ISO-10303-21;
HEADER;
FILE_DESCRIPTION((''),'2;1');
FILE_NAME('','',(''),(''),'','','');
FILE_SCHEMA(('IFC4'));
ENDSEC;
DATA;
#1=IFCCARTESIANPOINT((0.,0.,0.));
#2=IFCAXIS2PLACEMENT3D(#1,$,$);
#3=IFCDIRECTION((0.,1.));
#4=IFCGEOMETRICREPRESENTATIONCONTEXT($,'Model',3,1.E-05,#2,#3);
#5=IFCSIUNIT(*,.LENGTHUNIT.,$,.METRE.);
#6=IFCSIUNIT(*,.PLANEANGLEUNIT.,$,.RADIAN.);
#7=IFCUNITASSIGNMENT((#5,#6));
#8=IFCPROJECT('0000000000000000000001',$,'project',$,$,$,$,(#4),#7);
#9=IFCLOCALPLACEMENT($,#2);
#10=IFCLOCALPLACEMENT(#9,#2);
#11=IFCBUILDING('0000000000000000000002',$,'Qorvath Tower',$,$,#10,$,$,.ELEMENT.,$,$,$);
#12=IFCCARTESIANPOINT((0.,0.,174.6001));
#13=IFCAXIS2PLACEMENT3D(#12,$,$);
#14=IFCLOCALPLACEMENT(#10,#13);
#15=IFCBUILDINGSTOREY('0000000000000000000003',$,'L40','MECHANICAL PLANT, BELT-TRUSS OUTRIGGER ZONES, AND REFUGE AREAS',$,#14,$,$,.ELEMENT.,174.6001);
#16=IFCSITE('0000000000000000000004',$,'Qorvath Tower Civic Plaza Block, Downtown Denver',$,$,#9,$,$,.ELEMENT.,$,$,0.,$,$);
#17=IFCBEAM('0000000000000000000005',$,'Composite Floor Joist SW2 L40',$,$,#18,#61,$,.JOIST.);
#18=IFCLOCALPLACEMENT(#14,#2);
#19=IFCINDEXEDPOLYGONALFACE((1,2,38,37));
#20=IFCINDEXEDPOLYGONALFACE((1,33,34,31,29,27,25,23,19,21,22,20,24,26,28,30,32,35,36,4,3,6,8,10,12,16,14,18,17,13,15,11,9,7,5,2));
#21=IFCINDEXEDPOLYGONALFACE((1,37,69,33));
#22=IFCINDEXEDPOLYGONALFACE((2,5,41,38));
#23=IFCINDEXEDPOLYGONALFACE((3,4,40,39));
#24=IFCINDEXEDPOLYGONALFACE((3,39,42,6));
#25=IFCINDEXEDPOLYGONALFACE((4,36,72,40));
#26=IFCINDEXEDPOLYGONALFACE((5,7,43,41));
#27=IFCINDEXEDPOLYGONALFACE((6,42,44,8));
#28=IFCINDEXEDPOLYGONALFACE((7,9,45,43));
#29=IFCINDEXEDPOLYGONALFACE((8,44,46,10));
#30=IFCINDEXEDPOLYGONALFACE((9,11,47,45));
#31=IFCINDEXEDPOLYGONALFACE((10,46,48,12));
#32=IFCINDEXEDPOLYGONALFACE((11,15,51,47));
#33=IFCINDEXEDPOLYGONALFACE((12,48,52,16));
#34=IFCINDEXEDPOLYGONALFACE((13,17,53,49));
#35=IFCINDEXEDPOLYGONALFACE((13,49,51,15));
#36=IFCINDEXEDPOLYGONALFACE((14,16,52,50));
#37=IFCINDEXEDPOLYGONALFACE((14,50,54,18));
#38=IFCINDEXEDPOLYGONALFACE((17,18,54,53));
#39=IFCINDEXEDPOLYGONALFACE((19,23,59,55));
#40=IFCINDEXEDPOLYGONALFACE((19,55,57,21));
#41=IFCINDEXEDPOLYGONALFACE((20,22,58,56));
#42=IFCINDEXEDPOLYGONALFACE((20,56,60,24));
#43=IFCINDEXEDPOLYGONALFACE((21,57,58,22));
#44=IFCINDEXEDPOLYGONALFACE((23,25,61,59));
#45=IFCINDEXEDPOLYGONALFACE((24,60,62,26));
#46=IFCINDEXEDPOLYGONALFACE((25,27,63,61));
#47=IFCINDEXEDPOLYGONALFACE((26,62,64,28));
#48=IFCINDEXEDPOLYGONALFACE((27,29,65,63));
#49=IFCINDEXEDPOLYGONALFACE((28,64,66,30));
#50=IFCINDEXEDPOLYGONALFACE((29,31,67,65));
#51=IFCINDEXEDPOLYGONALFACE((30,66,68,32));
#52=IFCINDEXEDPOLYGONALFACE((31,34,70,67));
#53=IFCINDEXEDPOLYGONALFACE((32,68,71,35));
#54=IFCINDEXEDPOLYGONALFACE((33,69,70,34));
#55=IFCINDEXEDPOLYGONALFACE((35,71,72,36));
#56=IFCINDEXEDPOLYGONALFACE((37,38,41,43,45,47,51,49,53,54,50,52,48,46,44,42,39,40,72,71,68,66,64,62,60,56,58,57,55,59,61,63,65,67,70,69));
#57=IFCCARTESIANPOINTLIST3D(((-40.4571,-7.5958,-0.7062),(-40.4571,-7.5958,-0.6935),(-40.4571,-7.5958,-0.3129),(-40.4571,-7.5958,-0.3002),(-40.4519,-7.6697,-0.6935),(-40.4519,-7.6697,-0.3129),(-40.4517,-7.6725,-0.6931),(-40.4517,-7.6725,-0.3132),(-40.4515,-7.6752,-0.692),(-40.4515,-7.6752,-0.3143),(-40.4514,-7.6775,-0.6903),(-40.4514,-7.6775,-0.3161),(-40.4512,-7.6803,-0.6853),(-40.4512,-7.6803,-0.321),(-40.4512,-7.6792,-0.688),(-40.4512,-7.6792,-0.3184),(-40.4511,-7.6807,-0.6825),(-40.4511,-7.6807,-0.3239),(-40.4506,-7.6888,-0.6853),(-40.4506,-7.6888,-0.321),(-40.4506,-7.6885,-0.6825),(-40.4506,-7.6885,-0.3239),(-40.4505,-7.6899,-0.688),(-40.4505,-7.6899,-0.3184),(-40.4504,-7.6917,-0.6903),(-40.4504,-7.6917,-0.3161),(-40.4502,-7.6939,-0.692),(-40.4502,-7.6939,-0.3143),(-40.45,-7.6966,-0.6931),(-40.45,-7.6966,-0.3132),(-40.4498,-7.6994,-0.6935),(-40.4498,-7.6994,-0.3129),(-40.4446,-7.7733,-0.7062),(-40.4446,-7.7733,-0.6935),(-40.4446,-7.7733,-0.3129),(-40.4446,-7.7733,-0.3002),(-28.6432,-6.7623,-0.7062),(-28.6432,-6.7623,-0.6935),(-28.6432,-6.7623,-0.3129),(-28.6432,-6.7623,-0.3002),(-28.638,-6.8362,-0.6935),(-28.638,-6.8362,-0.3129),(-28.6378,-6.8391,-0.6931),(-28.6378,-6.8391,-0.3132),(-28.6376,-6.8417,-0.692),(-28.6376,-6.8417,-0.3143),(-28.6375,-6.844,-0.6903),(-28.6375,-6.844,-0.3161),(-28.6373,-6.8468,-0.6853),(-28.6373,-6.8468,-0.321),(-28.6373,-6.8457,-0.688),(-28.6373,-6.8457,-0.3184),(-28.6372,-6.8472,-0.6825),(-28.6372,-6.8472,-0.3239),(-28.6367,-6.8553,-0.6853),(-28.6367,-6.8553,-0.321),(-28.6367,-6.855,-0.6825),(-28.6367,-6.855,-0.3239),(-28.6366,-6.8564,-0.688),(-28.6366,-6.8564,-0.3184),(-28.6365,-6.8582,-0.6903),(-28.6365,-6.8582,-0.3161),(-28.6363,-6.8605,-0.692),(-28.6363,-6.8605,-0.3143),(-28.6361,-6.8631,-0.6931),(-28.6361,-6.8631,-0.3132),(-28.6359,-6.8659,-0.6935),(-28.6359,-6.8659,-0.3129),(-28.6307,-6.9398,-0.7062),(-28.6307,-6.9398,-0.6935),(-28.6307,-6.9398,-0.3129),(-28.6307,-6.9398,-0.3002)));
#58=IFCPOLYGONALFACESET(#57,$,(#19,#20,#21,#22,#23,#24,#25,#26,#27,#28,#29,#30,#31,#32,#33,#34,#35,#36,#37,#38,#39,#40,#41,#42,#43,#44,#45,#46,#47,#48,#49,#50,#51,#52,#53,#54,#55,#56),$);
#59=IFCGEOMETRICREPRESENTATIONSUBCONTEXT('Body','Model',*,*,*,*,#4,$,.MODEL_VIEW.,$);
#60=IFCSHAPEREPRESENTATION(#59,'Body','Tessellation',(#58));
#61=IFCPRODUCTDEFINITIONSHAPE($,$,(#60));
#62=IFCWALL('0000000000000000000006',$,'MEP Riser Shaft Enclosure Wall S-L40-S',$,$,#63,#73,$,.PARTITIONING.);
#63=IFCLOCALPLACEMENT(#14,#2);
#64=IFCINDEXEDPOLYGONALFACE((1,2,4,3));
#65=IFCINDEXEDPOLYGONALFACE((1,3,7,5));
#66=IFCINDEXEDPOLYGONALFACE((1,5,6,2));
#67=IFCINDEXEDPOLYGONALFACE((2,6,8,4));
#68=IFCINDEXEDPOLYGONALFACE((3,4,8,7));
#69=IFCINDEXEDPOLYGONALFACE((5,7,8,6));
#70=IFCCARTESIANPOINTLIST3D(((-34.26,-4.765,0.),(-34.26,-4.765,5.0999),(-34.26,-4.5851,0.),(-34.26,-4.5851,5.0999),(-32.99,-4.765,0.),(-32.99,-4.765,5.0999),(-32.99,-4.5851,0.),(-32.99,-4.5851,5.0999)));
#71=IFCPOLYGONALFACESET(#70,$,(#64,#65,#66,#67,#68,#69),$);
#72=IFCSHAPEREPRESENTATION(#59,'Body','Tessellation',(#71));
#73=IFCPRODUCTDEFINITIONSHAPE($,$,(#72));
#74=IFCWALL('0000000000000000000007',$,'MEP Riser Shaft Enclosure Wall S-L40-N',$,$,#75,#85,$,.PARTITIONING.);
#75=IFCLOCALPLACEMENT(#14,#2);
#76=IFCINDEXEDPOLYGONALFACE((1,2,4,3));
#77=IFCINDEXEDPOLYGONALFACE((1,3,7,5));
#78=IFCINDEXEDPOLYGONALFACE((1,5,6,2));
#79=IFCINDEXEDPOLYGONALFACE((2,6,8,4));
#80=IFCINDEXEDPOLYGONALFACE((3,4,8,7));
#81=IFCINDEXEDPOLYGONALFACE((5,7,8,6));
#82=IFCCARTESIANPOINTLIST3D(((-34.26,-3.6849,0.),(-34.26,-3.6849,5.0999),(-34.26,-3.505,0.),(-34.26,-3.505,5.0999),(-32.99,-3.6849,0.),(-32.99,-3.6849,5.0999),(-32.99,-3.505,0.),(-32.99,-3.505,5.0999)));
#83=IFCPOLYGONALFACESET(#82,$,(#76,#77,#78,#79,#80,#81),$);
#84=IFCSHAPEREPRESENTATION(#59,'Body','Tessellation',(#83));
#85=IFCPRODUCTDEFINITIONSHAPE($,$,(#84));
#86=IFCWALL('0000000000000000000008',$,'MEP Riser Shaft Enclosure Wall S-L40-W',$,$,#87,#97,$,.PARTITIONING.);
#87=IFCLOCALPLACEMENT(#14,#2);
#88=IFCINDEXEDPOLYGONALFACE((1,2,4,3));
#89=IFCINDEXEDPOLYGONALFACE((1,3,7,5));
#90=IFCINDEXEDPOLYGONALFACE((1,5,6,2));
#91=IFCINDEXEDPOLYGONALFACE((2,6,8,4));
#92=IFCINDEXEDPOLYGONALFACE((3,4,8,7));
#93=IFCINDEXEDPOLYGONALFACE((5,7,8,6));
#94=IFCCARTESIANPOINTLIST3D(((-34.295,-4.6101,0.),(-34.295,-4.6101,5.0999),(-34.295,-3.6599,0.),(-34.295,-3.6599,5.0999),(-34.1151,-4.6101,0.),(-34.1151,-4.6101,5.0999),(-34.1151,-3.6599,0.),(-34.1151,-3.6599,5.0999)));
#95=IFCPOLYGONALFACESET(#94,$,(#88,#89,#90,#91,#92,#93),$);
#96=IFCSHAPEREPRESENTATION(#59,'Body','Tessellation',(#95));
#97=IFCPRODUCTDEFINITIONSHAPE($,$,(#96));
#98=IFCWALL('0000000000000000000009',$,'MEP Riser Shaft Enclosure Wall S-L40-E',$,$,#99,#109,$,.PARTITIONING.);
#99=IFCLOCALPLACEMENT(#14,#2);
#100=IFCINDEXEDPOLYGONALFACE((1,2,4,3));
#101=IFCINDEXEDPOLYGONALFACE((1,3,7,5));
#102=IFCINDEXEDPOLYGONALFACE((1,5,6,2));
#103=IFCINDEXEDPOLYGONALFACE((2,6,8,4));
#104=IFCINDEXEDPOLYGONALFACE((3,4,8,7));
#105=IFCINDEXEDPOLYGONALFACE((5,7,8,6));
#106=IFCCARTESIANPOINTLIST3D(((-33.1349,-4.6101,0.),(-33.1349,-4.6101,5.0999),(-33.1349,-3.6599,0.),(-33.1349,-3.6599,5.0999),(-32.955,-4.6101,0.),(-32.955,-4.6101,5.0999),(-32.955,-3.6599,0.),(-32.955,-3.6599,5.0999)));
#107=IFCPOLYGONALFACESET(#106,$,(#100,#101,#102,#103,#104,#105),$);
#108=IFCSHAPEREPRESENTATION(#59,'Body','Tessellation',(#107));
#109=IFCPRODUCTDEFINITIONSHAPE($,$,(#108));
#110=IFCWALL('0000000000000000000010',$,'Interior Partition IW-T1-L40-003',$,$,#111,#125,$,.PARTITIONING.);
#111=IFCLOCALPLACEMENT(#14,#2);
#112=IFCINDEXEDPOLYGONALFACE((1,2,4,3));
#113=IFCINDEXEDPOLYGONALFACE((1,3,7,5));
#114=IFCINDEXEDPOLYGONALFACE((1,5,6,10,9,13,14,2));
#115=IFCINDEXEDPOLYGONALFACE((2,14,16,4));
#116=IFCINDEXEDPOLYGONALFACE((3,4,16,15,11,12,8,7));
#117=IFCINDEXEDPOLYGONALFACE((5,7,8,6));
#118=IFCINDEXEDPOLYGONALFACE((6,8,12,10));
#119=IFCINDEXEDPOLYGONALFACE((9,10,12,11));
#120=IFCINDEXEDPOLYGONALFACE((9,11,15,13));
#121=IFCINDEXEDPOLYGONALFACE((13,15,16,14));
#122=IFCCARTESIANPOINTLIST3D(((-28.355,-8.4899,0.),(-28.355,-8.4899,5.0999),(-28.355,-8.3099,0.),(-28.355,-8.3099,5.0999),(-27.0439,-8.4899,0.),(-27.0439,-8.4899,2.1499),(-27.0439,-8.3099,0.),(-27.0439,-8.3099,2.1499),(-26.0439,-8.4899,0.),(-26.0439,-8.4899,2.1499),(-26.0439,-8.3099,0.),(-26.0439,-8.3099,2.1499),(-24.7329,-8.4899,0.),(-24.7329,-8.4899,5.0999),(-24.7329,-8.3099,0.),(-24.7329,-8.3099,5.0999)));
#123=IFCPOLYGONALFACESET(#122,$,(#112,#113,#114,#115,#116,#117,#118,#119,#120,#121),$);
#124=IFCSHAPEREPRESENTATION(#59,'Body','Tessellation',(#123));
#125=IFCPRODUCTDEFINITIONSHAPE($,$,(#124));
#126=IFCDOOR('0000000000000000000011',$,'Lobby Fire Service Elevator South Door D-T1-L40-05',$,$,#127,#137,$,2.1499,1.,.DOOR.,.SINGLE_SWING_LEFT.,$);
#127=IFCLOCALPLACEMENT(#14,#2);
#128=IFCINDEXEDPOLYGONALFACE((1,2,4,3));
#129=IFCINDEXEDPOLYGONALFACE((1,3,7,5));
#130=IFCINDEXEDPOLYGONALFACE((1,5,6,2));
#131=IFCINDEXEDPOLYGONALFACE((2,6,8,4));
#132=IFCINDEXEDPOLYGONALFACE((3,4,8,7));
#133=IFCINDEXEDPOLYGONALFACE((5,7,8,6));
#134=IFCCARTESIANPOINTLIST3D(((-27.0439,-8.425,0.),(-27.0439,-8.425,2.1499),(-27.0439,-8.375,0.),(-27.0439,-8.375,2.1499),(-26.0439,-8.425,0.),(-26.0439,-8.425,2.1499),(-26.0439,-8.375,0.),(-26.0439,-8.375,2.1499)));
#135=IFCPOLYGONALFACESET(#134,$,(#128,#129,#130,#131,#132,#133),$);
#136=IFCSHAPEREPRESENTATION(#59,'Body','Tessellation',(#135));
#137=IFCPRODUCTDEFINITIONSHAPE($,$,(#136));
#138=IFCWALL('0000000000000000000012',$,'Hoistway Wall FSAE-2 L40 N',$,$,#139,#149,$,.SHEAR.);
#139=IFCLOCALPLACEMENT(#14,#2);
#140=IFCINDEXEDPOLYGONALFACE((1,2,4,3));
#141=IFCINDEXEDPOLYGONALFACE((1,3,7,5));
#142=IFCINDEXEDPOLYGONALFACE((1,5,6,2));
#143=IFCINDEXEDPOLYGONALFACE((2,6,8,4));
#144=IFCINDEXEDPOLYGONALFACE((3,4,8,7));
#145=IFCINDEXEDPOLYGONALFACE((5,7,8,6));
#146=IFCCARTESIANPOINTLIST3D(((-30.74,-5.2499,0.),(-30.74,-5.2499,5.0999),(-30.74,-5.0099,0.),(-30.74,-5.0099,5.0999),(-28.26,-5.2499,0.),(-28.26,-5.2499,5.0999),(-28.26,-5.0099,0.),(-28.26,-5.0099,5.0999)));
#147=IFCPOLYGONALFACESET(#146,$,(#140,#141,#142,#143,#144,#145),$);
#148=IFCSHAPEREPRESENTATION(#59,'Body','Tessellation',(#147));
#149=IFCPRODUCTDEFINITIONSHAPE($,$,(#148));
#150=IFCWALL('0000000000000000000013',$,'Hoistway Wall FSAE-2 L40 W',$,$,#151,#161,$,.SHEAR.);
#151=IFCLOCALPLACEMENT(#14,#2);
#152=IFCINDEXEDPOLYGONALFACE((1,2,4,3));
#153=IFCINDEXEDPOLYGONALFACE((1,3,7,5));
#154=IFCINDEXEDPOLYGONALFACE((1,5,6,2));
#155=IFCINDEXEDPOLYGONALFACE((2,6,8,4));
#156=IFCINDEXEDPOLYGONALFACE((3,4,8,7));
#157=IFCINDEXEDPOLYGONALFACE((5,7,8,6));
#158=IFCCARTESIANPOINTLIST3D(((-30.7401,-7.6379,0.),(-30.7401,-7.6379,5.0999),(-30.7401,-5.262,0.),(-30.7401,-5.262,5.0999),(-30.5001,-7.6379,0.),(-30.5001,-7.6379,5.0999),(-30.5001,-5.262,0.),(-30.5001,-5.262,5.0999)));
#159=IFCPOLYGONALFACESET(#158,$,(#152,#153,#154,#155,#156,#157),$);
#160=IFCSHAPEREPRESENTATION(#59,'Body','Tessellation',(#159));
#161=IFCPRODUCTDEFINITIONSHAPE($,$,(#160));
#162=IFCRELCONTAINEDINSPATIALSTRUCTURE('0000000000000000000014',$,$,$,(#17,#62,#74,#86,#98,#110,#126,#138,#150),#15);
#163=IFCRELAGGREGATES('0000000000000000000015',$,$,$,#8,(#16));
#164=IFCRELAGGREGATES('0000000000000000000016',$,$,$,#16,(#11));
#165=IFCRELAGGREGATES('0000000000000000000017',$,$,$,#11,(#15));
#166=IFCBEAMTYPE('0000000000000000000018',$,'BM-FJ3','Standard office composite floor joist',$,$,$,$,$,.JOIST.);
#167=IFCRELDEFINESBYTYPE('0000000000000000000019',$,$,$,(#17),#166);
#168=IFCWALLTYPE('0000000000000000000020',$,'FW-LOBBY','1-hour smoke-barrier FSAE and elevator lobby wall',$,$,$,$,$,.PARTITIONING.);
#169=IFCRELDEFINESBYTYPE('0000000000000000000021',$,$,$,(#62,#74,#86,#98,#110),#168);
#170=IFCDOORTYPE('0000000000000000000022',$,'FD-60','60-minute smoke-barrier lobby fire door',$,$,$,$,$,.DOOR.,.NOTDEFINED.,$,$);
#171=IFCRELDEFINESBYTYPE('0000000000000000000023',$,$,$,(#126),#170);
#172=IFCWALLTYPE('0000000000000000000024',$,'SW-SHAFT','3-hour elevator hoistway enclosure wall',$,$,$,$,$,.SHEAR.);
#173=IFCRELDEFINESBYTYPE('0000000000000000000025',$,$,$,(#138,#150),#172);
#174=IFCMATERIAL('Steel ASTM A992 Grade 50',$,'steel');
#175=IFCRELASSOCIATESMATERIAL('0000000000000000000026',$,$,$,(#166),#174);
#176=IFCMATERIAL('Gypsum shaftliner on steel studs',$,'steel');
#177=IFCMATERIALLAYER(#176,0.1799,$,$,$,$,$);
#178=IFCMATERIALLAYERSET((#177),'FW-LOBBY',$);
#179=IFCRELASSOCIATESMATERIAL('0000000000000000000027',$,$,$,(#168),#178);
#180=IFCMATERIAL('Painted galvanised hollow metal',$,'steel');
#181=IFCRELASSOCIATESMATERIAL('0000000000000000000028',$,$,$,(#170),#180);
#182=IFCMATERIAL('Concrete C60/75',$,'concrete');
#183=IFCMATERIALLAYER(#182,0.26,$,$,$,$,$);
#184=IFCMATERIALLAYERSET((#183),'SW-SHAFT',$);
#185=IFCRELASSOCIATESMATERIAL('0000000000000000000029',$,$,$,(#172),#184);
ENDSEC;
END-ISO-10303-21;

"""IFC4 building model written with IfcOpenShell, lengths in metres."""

from ifc_helpers import new_model, si_unit, direction, frame, frame_2d, origin, origin_2d, place, context, subcontext, project, spatial, rectangle, i_section, extrude, material, layer, layer_set, material_profile, profile_set, type_object, element, fill, save


model = new_model("IFC4")

# Units and contexts
model_context = context("Model", 3, precision=1e-05, world=origin(), true_north=direction((0.0, 1.0)))
body_context = subcontext(model_context, "Body", "Model", "MODEL_VIEW")
ifc_project = project(units=[si_unit("LENGTHUNIT", "METRE"), si_unit("PLANEANGLEUNIT", "RADIAN")], contexts=[model_context])

# Site, building, storey
site_placement = place(None, origin())
site = spatial("IfcSite", under=ifc_project, at=site_placement, Name="Qorvath Tower Civic Plaza Block, Downtown Denver", CompositionType="ELEMENT", RefElevation=0.0)
building_placement = place(site_placement, origin())
building = spatial("IfcBuilding", under=site, at=building_placement, Name="Qorvath Tower", CompositionType="ELEMENT")
storey_placement = place(building_placement, frame((0.0, 0.0, 174.6001)))
storey = spatial("IfcBuildingStorey", under=building, at=storey_placement, Name="L40", Description="MECHANICAL PLANT, BELT-TRUSS OUTRIGGER ZONES, AND REFUGE AREAS", CompositionType="ELEMENT", Elevation=174.6001)

# Beam
ifc_material_1 = material(Name="Steel ASTM A992 Grade 50", Category="steel")
ifc_material_profile_1 = material_profile(ifc_material_1, i_section(OverallWidth=0.178, OverallDepth=0.406, WebThickness=0.0078, FlangeThickness=0.0127, FilletRadius=0.011, at=origin_2d()), Name="W16x40")
ifc_profile_set_1 = profile_set([ifc_material_profile_1], Name="Steel ASTM A992 Grade 50")
beam_type_1 = type_object("IfcBeamType", Name="BM-FJ3", Description="Standard office composite floor joist", PredefinedType="JOIST", material=ifc_profile_set_1)
beam_1_placement = place(storey_placement, frame((-28.637, -6.8511, -0.5032), z_axis=(-0.99752, -0.070377, 0.0), x_axis=(0.070377, -0.99752, 0.0)))
element("IfcBeam", 1, at=beam_1_placement, inside=storey, type_object=beam_type_1, Name="Composite Floor Joist SW2 L40", PredefinedType="JOIST", context=body_context, shape_type="SweptSolid", body=[
    extrude(i_section(OverallWidth=0.178, OverallDepth=0.406, WebThickness=0.0078, FlangeThickness=0.0127, FilletRadius=0.011, at=origin_2d()), origin(), (0.0, 0.0, 1.0), 11.8433),
])

# Walls
ifc_material_2 = material(Name="Gypsum shaftliner on steel studs", Category="steel")
ifc_layer_1 = layer(ifc_material_2, 0.1799)
ifc_layer_set_1 = layer_set([ifc_layer_1], Name="FW-LOBBY")
wall_type_1 = type_object("IfcWallType", Name="FW-LOBBY", Description="1-hour smoke-barrier FSAE and elevator lobby wall", PredefinedType="PARTITIONING", material=ifc_layer_set_1)
for number, where, z_axis, x_axis, name in (
    (2, (-32.99, -4.675, 0.0), (0.0, 0.0, 1.0), (-1.0, 0.0, 0.0), "MEP Riser Shaft Enclosure Wall S-L40-S"),
    (3, (-34.26, -3.595, 0.0), (0.0, 0.0, 1.0), (1.0, 0.0, 0.0), "MEP Riser Shaft Enclosure Wall S-L40-N"),
):
    element("IfcWall", number, at=place(storey_placement, frame(where, z_axis=z_axis, x_axis=x_axis)), inside=storey, type_object=wall_type_1, Name=name, PredefinedType="PARTITIONING", context=body_context, shape_type="SweptSolid", body=[
        extrude(rectangle(XDim=1.27, YDim=0.1799, at=frame_2d((0.635, 0.0))), origin(), (0.0, 0.0, 1.0), 5.0999),
    ])
for number, where, z_axis, x_axis, name in (
    (4, (-34.2051, -4.6101, 0.0), (0.0, 0.0, 1.0), (0.0, 1.0, 0.0), "MEP Riser Shaft Enclosure Wall S-L40-W"),
    (5, (-33.0449, -3.6599, 0.0), (0.0, 0.0, 1.0), (0.0, -1.0, 0.0), "MEP Riser Shaft Enclosure Wall S-L40-E"),
):
    element("IfcWall", number, at=place(storey_placement, frame(where, z_axis=z_axis, x_axis=x_axis)), inside=storey, type_object=wall_type_1, Name=name, PredefinedType="PARTITIONING", context=body_context, shape_type="SweptSolid", body=[
        extrude(rectangle(XDim=0.9502, YDim=0.1799, at=frame_2d((0.4751, 0.0))), origin(), (0.0, 0.0, 1.0), 5.0999),
    ])

# Wall, opening, door
wall_1_placement = place(storey_placement, frame((-28.355, -8.3999, 0.0), z_axis=(0.0, 0.0, 1.0), x_axis=(1.0, 0.0, 0.0)))
wall_1 = element("IfcWall", 6, at=wall_1_placement, inside=storey, type_object=wall_type_1, Name="Interior Partition IW-T1-L40-003", PredefinedType="PARTITIONING", context=body_context, shape_type="SweptSolid", body=[
    extrude(rectangle(XDim=3.6221, YDim=0.1799, at=frame_2d((1.811, 0.0))), origin(), (0.0, 0.0, 1.0), 5.0999),
])
opening_1_placement = place(wall_1_placement, frame((1.311, 0.0, 0.0)))
opening_1 = element("IfcOpeningElement", 7, at=opening_1_placement, cuts=wall_1, PredefinedType="OPENING", context=body_context, shape_type="SweptSolid", body=[
    extrude(rectangle(XDim=1.0, YDim=2.1499, at=frame_2d((0.5, 1.075))), frame((0.0, 0.1001, 0.0), z_axis=(0.0, -1.0, 0.0), x_axis=(1.0, 0.0, 0.0)), (0.0, 0.0, 1.0), 0.2),
])
ifc_material_3 = material(Name="Painted galvanised hollow metal", Category="steel")
door_type_1 = type_object("IfcDoorType", Name="FD-60", Description="60-minute smoke-barrier lobby fire door", OperationType="NOTDEFINED", PredefinedType="DOOR", material=ifc_material_3)
door_1_placement = place(opening_1_placement, origin())
door_1 = element("IfcDoor", 8, at=door_1_placement, inside=storey, type_object=door_type_1, Name="Lobby Fire Service Elevator South Door D-T1-L40-05", OperationType="SINGLE_SWING_LEFT", OverallHeight=2.1499, OverallWidth=1.0, PredefinedType="DOOR", context=body_context, shape_type="SweptSolid", body=[
    extrude(rectangle(XDim=1.0, YDim=2.1499, at=frame_2d((0.5, 1.075))), frame((0.0, 0.0249, 0.0), z_axis=(0.0, -1.0, 0.0), x_axis=(1.0, 0.0, 0.0)), (0.0, 0.0, 1.0), 0.05),
])
fill(opening_1, door_1)

# Walls
ifc_material_4 = material(Name="Concrete C60/75", Category="concrete")
ifc_layer_2 = layer(ifc_material_4, 0.26)
ifc_layer_set_2 = layer_set([ifc_layer_2], Name="SW-SHAFT")
wall_type_2 = type_object("IfcWallType", Name="SW-SHAFT", Description="3-hour elevator hoistway enclosure wall", PredefinedType="SHEAR", material=ifc_layer_set_2)
wall_2_placement = place(storey_placement, frame((-30.74, -5.1299, 0.0), z_axis=(0.0, 0.0, 1.0), x_axis=(1.0, 0.0, 0.0)))
element("IfcWall", 9, at=wall_2_placement, inside=storey, type_object=wall_type_2, Name="Hoistway Wall FSAE-2 L40 N", PredefinedType="SHEAR", context=body_context, shape_type="SweptSolid", body=[
    extrude(rectangle(XDim=2.48, YDim=0.24, at=frame_2d((1.24, 0.0))), origin(), (0.0, 0.0, 1.0), 5.0999),
])
wall_3_placement = place(storey_placement, frame((-30.6201, -7.6379, 0.0), z_axis=(0.0, 0.0, 1.0), x_axis=(0.0, 1.0, 0.0)))
element("IfcWall", 10, at=wall_3_placement, inside=storey, type_object=wall_type_2, Name="Hoistway Wall FSAE-2 L40 W", PredefinedType="SHEAR", context=body_context, shape_type="SweptSolid", body=[
    extrude(rectangle(XDim=2.376, YDim=0.24, at=frame_2d((1.188, 0.0))), origin(), (0.0, 0.0, 1.0), 5.0999),
])

save(model, "model.ifc")
